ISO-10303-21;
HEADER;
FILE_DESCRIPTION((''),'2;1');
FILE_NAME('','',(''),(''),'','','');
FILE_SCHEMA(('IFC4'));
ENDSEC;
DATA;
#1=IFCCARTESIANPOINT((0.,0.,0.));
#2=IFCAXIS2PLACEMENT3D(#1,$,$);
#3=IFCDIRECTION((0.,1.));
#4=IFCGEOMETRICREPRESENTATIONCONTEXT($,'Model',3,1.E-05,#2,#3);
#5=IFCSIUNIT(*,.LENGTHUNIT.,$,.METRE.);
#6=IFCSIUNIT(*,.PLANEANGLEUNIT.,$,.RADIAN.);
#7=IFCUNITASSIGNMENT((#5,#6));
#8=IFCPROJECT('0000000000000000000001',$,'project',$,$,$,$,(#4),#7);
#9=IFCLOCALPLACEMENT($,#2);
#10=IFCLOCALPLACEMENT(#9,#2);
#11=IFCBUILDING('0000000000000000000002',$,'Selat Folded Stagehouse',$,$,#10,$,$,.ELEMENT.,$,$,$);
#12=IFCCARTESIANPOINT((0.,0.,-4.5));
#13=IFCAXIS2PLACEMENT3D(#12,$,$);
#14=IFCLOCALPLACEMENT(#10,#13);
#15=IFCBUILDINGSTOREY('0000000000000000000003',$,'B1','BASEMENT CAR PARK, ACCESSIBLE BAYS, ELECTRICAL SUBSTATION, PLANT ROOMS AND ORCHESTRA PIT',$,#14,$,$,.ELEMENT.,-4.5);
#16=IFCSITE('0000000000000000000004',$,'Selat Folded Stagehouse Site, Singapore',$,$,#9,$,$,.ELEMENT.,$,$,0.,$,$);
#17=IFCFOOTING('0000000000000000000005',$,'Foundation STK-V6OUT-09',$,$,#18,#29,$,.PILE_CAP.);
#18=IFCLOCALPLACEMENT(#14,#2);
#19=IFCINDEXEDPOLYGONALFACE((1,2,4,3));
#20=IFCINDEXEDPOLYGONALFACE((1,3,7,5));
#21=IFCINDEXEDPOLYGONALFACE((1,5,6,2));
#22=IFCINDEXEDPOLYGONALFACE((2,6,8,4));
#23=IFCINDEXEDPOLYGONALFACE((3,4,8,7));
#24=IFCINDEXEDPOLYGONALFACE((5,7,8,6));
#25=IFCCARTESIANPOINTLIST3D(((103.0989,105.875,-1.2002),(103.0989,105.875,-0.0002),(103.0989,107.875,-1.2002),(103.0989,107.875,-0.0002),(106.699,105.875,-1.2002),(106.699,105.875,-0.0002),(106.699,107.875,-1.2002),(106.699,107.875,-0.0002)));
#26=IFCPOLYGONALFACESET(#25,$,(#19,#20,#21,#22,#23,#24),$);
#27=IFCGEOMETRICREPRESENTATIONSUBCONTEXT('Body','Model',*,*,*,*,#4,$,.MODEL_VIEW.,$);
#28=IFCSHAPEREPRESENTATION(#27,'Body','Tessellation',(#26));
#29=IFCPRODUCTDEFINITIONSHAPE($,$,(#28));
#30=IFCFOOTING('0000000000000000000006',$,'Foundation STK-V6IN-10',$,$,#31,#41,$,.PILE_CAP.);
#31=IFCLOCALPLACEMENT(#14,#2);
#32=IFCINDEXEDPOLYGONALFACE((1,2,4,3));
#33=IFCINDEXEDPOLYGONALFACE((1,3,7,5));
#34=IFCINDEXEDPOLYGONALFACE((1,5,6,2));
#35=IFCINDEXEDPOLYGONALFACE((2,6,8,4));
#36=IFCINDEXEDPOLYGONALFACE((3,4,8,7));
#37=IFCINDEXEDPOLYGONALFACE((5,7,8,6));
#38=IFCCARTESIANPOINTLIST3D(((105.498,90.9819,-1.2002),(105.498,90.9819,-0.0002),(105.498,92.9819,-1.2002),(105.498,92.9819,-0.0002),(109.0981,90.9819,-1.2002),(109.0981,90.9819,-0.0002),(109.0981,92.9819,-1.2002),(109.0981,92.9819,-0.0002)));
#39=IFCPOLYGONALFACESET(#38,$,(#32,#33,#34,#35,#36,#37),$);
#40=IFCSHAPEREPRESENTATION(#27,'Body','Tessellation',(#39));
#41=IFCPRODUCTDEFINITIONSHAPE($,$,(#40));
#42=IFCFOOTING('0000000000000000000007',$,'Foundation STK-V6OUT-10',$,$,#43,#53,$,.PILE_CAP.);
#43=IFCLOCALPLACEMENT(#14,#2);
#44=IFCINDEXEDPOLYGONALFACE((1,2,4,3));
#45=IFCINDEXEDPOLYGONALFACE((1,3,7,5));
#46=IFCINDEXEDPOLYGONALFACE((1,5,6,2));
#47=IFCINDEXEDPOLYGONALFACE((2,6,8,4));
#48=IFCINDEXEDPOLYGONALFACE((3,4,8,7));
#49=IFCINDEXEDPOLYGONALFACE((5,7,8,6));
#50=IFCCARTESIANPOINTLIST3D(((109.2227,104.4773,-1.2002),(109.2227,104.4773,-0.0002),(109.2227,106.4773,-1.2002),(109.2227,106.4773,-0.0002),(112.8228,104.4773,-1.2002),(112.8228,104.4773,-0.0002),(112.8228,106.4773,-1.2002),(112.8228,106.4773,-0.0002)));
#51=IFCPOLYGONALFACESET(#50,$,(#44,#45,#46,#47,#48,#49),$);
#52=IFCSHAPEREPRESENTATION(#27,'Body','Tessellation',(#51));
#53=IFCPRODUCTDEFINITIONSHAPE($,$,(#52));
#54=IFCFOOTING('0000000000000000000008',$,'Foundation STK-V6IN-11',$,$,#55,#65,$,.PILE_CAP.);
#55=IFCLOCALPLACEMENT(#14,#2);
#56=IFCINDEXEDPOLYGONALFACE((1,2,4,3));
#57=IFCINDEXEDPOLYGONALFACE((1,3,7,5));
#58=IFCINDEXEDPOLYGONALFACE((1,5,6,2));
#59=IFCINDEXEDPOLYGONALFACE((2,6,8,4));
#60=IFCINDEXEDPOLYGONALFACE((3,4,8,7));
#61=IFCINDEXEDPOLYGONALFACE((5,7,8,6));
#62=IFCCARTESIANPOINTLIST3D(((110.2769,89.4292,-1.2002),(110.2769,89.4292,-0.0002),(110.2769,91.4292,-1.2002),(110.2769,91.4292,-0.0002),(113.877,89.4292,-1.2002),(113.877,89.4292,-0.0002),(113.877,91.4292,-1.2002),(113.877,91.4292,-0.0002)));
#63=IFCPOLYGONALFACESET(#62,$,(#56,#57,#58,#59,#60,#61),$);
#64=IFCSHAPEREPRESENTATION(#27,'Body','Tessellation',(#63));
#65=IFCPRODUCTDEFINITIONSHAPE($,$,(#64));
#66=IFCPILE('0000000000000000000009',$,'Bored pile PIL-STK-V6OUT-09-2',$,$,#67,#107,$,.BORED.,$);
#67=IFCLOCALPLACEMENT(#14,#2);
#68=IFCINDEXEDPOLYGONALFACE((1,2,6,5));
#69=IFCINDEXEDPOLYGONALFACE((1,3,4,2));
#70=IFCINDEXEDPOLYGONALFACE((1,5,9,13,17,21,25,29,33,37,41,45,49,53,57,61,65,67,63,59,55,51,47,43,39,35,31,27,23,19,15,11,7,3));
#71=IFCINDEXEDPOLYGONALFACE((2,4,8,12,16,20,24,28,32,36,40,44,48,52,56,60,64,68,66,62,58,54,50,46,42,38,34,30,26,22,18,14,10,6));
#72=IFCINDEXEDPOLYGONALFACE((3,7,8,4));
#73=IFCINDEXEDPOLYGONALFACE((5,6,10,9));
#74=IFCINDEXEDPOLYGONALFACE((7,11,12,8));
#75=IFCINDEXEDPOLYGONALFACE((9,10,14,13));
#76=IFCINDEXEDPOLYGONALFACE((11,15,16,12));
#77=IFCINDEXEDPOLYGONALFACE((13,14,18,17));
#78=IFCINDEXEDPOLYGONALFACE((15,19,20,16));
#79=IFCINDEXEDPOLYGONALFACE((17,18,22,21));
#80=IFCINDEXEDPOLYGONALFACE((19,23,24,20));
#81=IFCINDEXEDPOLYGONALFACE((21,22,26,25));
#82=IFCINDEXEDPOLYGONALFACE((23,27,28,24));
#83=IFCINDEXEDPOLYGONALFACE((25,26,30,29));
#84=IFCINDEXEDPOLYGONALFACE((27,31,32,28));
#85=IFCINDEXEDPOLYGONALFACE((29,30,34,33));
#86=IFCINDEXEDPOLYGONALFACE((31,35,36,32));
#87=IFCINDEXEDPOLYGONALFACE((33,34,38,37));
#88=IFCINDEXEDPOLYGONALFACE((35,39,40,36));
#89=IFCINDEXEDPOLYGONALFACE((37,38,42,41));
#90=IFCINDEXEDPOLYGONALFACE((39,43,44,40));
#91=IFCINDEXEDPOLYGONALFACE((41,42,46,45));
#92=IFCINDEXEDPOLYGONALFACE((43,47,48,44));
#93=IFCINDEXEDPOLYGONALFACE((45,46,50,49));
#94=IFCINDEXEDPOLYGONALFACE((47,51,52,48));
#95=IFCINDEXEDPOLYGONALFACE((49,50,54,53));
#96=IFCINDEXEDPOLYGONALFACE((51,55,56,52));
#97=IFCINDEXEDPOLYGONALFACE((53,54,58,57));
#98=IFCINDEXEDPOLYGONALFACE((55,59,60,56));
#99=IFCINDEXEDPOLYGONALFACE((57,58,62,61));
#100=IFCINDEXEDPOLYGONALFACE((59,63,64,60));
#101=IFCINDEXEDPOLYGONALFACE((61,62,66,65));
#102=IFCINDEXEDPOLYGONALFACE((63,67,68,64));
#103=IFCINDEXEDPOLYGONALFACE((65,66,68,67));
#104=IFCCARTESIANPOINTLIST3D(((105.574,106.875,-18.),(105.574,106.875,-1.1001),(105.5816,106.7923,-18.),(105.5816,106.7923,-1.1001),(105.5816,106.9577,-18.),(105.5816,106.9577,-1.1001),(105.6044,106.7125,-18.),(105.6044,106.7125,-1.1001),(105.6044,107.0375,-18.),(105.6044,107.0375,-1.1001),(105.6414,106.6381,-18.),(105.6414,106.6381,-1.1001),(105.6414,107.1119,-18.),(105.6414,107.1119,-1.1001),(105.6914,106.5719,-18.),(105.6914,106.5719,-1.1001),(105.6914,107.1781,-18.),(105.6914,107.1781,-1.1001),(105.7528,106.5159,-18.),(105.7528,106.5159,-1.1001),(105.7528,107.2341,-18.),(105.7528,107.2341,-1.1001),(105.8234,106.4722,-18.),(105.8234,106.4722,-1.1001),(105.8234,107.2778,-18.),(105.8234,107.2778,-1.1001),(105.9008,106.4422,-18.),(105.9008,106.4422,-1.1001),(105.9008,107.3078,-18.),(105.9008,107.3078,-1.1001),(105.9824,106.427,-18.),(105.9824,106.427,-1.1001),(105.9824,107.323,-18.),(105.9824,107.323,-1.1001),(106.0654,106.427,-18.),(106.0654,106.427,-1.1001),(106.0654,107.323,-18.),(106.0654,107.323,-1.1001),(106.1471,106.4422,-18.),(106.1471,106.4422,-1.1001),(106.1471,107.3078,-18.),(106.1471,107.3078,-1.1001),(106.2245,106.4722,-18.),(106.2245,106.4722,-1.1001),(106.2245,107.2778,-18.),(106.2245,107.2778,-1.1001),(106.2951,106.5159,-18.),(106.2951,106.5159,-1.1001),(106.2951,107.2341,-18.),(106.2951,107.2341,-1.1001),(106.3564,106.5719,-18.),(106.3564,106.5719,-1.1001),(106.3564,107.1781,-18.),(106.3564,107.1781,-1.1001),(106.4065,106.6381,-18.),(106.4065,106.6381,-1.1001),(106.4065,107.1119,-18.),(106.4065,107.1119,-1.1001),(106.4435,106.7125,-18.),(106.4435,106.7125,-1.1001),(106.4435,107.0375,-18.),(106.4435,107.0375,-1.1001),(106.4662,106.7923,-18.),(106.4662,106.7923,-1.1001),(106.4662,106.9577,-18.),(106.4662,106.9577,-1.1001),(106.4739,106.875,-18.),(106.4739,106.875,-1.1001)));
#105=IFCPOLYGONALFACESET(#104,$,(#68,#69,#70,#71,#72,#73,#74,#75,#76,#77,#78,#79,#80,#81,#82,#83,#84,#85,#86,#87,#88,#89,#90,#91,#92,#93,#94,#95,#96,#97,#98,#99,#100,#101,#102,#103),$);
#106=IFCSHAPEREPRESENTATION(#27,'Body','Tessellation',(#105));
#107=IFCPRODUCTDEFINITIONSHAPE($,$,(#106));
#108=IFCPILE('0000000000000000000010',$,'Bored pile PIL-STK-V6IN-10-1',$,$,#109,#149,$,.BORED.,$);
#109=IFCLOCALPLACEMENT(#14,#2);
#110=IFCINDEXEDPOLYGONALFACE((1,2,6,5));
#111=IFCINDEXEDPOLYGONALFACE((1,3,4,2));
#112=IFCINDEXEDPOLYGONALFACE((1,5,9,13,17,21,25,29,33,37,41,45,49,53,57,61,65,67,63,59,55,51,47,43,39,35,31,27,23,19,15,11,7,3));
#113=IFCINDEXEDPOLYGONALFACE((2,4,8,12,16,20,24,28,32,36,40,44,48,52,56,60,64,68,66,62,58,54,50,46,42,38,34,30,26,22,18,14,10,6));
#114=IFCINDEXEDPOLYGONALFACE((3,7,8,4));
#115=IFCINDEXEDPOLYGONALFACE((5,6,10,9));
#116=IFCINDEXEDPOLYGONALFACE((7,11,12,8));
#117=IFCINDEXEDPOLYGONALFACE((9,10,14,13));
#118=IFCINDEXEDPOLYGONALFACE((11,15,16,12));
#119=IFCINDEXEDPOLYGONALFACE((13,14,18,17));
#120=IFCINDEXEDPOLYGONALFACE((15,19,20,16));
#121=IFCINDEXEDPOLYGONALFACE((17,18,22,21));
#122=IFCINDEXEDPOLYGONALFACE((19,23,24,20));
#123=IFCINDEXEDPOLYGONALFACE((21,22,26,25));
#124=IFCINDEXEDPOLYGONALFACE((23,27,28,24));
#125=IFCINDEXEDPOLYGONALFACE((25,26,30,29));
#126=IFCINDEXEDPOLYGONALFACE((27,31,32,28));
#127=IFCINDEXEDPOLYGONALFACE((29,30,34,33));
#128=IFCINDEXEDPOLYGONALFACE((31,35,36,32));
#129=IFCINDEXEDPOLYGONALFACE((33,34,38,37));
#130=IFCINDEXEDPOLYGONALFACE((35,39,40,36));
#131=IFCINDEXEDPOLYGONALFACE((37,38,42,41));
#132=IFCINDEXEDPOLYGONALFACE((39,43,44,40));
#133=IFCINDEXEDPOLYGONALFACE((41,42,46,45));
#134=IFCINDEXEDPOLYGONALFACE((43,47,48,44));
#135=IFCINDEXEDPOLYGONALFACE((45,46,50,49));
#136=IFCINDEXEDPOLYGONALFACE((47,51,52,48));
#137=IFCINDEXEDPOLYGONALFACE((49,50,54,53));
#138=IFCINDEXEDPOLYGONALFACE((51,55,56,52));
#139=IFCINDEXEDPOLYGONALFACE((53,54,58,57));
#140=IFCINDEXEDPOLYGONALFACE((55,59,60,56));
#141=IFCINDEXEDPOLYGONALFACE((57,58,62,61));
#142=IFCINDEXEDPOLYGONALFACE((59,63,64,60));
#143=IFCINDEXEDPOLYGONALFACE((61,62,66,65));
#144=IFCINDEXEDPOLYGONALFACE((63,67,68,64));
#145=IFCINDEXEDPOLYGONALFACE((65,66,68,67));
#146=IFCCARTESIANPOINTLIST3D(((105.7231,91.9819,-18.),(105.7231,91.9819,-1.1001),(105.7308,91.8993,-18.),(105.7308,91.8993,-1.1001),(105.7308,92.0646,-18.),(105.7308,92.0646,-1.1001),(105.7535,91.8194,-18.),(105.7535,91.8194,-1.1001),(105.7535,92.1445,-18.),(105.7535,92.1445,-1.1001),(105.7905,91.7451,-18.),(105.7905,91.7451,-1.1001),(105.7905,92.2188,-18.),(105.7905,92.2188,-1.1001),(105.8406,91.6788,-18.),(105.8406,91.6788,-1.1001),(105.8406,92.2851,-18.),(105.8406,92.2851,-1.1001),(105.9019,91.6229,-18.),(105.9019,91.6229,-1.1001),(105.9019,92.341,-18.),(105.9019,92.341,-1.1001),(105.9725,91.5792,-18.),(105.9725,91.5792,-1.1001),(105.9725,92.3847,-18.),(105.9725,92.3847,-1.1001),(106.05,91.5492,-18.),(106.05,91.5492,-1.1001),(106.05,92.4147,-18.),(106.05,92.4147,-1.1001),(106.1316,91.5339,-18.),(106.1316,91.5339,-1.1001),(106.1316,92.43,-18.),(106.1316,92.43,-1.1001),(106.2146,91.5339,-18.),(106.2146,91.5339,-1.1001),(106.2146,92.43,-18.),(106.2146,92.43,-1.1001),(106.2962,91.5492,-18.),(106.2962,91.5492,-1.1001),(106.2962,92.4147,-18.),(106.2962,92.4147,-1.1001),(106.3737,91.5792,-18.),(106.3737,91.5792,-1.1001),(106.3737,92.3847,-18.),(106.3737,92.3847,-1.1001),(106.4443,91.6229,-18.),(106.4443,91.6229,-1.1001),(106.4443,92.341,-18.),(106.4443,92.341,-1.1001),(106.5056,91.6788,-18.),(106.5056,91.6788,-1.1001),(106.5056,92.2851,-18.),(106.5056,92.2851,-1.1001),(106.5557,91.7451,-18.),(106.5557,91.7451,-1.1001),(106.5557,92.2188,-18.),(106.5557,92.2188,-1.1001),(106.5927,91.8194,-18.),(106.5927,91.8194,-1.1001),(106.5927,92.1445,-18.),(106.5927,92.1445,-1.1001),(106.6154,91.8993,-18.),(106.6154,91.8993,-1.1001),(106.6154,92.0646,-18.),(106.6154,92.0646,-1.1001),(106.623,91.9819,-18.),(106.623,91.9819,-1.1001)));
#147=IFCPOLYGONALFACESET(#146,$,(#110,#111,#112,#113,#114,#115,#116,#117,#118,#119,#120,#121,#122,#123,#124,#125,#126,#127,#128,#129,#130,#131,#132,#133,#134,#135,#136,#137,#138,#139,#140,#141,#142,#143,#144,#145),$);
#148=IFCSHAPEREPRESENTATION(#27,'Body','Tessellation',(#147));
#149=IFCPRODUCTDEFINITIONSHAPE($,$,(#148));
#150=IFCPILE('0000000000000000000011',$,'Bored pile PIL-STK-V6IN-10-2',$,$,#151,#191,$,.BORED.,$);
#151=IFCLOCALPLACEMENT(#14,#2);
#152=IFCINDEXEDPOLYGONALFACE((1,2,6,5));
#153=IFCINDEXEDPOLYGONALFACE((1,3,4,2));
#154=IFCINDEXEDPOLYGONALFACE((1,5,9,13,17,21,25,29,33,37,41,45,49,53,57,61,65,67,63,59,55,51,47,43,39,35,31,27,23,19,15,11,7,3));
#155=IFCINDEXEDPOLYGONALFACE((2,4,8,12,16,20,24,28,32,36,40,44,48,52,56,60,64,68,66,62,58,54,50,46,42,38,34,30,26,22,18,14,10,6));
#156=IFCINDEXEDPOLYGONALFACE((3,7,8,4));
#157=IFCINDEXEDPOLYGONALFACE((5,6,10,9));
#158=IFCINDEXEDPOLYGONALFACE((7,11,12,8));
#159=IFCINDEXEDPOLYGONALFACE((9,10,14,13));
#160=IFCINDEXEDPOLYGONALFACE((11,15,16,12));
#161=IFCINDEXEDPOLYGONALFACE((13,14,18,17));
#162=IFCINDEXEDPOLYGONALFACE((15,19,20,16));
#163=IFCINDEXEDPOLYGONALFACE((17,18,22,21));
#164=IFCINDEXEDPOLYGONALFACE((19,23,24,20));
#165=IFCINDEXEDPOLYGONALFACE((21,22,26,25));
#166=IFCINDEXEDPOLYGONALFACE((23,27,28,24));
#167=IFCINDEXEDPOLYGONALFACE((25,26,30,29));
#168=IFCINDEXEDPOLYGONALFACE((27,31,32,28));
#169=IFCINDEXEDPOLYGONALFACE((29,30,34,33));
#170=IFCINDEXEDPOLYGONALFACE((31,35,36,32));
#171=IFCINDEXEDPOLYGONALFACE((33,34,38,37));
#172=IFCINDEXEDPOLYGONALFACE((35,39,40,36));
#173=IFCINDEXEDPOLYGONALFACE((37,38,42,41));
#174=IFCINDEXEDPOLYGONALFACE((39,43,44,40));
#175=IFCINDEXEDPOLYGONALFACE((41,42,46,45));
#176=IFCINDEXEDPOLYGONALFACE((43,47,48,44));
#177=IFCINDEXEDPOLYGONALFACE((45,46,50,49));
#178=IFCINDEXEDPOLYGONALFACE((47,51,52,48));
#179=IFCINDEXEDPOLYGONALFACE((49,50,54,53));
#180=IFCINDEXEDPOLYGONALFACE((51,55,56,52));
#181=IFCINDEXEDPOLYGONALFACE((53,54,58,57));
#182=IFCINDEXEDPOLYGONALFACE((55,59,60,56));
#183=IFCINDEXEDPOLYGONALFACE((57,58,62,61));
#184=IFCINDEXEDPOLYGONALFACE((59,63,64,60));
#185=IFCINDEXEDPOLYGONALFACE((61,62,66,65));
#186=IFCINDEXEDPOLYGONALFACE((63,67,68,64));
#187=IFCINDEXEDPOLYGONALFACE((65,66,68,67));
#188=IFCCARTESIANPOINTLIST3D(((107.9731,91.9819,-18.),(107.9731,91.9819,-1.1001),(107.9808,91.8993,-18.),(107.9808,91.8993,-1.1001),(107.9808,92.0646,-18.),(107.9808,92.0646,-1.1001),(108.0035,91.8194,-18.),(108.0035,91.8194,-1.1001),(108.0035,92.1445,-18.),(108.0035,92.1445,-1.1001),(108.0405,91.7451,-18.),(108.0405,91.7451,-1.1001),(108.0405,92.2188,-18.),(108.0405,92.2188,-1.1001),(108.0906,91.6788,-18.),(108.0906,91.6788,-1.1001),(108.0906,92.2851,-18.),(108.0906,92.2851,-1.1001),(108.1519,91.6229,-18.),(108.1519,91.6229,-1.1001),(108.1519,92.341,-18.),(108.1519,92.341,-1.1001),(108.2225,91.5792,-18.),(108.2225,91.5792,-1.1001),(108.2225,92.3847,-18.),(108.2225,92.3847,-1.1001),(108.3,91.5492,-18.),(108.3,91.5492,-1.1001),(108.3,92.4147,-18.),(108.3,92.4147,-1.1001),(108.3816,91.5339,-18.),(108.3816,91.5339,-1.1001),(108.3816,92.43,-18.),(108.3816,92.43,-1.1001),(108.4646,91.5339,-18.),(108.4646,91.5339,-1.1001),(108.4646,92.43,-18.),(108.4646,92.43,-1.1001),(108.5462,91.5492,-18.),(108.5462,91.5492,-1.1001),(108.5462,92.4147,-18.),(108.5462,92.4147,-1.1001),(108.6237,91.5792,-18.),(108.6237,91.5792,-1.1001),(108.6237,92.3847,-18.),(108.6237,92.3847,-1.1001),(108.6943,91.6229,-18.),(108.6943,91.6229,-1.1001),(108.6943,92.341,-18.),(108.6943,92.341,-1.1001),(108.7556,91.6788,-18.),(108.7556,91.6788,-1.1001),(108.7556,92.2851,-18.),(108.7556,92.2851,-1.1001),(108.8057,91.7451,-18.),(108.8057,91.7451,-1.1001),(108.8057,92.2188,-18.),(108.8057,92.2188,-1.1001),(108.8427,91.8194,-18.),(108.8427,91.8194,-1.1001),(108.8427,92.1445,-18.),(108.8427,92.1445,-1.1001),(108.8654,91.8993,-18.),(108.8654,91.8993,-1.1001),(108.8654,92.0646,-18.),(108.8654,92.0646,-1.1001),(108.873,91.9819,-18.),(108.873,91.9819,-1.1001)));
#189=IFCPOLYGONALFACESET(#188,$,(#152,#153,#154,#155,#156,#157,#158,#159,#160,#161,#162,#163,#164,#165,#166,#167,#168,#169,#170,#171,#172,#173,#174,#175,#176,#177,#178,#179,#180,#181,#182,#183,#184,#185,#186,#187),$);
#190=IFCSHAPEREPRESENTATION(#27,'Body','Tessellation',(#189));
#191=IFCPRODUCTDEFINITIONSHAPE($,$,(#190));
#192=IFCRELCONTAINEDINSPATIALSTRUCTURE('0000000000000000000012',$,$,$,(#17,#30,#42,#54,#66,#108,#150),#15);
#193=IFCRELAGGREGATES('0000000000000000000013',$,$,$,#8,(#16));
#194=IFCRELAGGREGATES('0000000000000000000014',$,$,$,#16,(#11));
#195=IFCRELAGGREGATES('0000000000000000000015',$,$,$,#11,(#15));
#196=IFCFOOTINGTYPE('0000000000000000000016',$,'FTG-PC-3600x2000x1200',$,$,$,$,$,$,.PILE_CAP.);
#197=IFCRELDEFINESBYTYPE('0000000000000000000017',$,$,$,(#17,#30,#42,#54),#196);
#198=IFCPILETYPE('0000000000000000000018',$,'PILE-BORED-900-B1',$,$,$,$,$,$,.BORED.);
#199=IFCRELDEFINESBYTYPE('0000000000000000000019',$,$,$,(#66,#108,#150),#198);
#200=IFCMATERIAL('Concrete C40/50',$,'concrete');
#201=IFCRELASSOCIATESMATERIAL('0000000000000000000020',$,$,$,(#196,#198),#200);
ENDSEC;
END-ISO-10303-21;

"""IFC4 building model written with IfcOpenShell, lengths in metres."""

from ifc_helpers import new_model, si_unit, direction, frame, origin, origin_2d, place, context, subcontext, project, spatial, rectangle, circle, extrude, material, material_profile, profile_set, type_object, element, save


model = new_model("IFC4")

# Units and contexts
model_context = context("Model", 3, precision=1e-05, world=origin(), true_north=direction((0.0, 1.0)))
body_context = subcontext(model_context, "Body", "Model", "MODEL_VIEW")
ifc_project = project(units=[si_unit("LENGTHUNIT", "METRE"), si_unit("PLANEANGLEUNIT", "RADIAN")], contexts=[model_context])

# Site, building, storey
site_placement = place(None, origin())
site = spatial("IfcSite", under=ifc_project, at=site_placement, Name="Selat Folded Stagehouse Site, Singapore", CompositionType="ELEMENT", RefElevation=0.0)
building_placement = place(site_placement, origin())
building = spatial("IfcBuilding", under=site, at=building_placement, Name="Selat Folded Stagehouse", CompositionType="ELEMENT")
storey_placement = place(building_placement, frame((0.0, 0.0, -4.5)))
storey = spatial("IfcBuildingStorey", under=building, at=storey_placement, Name="B1", Description="BASEMENT CAR PARK, ACCESSIBLE BAYS, ELECTRICAL SUBSTATION, PLANT ROOMS AND ORCHESTRA PIT", CompositionType="ELEMENT", Elevation=-4.5)

# Footings
ifc_material_1 = material(Name="Concrete C40/50", Category="concrete")
footing_type = type_object("IfcFootingType", Name="FTG-PC-3600x2000x1200", PredefinedType="PILE_CAP", material=ifc_material_1)
for number, where, z_axis, x_axis, name in (
    (1, (104.8989, 106.875, -1.2002), (0.0, 0.0, 1.0), (1.0, 0.0, 0.0), "Foundation STK-V6OUT-09"),
    (2, (107.2981, 91.9819, -1.2002), (0.0, 0.0, 1.0), (1.0, 0.0, 0.0), "Foundation STK-V6IN-10"),
    (3, (111.0227, 105.4773, -1.2002), (0.0, 0.0, 1.0), (1.0, 0.0, 0.0), "Foundation STK-V6OUT-10"),
    (4, (112.0769, 90.4292, -1.2002), (0.0, 0.0, 1.0), (1.0, 0.0, 0.0), "Foundation STK-V6IN-11"),
):
    element("IfcFooting", number, at=place(storey_placement, frame(where, z_axis=z_axis, x_axis=x_axis)), inside=storey, type_object=footing_type, Name=name, PredefinedType="PILE_CAP", context=body_context, shape_type="SweptSolid", body=[
        extrude(rectangle(XDim=3.6001, YDim=2.0, at=origin_2d()), origin(), (0.0, 0.0, 1.0), 1.2),
    ])

# Piles
ifc_material_profile_1 = material_profile(ifc_material_1, circle(Radius=0.45, at=origin_2d()), Name="PILE D900")
ifc_profile_set_1 = profile_set([ifc_material_profile_1], Name="Concrete C40/50")
pile_type = type_object("IfcPileType", Name="PILE-BORED-900-B1", PredefinedType="BORED", material=ifc_profile_set_1)
for number, where, z_axis, x_axis, name in (
    (5, (106.0239, 106.875, -1.1001), (0.0, 0.0, -1.0), (1.0, 0.0, 0.0), "Bored pile PIL-STK-V6OUT-09-2"),
    (6, (106.1731, 91.9819, -1.1001), (0.0, 0.0, -1.0), (1.0, 0.0, 0.0), "Bored pile PIL-STK-V6IN-10-1"),
    (7, (108.4231, 91.9819, -1.1001), (0.0, 0.0, -1.0), (1.0, 0.0, 0.0), "Bored pile PIL-STK-V6IN-10-2"),
):
    element("IfcPile", number, at=place(storey_placement, frame(where, z_axis=z_axis, x_axis=x_axis)), inside=storey, type_object=pile_type, Name=name, PredefinedType="BORED", context=body_context, shape_type="SweptSolid", body=[
        extrude(circle(Radius=0.45, at=origin_2d()), origin(), (0.0, 0.0, 1.0), 16.8999),
    ])

save(model, "model.ifc")
